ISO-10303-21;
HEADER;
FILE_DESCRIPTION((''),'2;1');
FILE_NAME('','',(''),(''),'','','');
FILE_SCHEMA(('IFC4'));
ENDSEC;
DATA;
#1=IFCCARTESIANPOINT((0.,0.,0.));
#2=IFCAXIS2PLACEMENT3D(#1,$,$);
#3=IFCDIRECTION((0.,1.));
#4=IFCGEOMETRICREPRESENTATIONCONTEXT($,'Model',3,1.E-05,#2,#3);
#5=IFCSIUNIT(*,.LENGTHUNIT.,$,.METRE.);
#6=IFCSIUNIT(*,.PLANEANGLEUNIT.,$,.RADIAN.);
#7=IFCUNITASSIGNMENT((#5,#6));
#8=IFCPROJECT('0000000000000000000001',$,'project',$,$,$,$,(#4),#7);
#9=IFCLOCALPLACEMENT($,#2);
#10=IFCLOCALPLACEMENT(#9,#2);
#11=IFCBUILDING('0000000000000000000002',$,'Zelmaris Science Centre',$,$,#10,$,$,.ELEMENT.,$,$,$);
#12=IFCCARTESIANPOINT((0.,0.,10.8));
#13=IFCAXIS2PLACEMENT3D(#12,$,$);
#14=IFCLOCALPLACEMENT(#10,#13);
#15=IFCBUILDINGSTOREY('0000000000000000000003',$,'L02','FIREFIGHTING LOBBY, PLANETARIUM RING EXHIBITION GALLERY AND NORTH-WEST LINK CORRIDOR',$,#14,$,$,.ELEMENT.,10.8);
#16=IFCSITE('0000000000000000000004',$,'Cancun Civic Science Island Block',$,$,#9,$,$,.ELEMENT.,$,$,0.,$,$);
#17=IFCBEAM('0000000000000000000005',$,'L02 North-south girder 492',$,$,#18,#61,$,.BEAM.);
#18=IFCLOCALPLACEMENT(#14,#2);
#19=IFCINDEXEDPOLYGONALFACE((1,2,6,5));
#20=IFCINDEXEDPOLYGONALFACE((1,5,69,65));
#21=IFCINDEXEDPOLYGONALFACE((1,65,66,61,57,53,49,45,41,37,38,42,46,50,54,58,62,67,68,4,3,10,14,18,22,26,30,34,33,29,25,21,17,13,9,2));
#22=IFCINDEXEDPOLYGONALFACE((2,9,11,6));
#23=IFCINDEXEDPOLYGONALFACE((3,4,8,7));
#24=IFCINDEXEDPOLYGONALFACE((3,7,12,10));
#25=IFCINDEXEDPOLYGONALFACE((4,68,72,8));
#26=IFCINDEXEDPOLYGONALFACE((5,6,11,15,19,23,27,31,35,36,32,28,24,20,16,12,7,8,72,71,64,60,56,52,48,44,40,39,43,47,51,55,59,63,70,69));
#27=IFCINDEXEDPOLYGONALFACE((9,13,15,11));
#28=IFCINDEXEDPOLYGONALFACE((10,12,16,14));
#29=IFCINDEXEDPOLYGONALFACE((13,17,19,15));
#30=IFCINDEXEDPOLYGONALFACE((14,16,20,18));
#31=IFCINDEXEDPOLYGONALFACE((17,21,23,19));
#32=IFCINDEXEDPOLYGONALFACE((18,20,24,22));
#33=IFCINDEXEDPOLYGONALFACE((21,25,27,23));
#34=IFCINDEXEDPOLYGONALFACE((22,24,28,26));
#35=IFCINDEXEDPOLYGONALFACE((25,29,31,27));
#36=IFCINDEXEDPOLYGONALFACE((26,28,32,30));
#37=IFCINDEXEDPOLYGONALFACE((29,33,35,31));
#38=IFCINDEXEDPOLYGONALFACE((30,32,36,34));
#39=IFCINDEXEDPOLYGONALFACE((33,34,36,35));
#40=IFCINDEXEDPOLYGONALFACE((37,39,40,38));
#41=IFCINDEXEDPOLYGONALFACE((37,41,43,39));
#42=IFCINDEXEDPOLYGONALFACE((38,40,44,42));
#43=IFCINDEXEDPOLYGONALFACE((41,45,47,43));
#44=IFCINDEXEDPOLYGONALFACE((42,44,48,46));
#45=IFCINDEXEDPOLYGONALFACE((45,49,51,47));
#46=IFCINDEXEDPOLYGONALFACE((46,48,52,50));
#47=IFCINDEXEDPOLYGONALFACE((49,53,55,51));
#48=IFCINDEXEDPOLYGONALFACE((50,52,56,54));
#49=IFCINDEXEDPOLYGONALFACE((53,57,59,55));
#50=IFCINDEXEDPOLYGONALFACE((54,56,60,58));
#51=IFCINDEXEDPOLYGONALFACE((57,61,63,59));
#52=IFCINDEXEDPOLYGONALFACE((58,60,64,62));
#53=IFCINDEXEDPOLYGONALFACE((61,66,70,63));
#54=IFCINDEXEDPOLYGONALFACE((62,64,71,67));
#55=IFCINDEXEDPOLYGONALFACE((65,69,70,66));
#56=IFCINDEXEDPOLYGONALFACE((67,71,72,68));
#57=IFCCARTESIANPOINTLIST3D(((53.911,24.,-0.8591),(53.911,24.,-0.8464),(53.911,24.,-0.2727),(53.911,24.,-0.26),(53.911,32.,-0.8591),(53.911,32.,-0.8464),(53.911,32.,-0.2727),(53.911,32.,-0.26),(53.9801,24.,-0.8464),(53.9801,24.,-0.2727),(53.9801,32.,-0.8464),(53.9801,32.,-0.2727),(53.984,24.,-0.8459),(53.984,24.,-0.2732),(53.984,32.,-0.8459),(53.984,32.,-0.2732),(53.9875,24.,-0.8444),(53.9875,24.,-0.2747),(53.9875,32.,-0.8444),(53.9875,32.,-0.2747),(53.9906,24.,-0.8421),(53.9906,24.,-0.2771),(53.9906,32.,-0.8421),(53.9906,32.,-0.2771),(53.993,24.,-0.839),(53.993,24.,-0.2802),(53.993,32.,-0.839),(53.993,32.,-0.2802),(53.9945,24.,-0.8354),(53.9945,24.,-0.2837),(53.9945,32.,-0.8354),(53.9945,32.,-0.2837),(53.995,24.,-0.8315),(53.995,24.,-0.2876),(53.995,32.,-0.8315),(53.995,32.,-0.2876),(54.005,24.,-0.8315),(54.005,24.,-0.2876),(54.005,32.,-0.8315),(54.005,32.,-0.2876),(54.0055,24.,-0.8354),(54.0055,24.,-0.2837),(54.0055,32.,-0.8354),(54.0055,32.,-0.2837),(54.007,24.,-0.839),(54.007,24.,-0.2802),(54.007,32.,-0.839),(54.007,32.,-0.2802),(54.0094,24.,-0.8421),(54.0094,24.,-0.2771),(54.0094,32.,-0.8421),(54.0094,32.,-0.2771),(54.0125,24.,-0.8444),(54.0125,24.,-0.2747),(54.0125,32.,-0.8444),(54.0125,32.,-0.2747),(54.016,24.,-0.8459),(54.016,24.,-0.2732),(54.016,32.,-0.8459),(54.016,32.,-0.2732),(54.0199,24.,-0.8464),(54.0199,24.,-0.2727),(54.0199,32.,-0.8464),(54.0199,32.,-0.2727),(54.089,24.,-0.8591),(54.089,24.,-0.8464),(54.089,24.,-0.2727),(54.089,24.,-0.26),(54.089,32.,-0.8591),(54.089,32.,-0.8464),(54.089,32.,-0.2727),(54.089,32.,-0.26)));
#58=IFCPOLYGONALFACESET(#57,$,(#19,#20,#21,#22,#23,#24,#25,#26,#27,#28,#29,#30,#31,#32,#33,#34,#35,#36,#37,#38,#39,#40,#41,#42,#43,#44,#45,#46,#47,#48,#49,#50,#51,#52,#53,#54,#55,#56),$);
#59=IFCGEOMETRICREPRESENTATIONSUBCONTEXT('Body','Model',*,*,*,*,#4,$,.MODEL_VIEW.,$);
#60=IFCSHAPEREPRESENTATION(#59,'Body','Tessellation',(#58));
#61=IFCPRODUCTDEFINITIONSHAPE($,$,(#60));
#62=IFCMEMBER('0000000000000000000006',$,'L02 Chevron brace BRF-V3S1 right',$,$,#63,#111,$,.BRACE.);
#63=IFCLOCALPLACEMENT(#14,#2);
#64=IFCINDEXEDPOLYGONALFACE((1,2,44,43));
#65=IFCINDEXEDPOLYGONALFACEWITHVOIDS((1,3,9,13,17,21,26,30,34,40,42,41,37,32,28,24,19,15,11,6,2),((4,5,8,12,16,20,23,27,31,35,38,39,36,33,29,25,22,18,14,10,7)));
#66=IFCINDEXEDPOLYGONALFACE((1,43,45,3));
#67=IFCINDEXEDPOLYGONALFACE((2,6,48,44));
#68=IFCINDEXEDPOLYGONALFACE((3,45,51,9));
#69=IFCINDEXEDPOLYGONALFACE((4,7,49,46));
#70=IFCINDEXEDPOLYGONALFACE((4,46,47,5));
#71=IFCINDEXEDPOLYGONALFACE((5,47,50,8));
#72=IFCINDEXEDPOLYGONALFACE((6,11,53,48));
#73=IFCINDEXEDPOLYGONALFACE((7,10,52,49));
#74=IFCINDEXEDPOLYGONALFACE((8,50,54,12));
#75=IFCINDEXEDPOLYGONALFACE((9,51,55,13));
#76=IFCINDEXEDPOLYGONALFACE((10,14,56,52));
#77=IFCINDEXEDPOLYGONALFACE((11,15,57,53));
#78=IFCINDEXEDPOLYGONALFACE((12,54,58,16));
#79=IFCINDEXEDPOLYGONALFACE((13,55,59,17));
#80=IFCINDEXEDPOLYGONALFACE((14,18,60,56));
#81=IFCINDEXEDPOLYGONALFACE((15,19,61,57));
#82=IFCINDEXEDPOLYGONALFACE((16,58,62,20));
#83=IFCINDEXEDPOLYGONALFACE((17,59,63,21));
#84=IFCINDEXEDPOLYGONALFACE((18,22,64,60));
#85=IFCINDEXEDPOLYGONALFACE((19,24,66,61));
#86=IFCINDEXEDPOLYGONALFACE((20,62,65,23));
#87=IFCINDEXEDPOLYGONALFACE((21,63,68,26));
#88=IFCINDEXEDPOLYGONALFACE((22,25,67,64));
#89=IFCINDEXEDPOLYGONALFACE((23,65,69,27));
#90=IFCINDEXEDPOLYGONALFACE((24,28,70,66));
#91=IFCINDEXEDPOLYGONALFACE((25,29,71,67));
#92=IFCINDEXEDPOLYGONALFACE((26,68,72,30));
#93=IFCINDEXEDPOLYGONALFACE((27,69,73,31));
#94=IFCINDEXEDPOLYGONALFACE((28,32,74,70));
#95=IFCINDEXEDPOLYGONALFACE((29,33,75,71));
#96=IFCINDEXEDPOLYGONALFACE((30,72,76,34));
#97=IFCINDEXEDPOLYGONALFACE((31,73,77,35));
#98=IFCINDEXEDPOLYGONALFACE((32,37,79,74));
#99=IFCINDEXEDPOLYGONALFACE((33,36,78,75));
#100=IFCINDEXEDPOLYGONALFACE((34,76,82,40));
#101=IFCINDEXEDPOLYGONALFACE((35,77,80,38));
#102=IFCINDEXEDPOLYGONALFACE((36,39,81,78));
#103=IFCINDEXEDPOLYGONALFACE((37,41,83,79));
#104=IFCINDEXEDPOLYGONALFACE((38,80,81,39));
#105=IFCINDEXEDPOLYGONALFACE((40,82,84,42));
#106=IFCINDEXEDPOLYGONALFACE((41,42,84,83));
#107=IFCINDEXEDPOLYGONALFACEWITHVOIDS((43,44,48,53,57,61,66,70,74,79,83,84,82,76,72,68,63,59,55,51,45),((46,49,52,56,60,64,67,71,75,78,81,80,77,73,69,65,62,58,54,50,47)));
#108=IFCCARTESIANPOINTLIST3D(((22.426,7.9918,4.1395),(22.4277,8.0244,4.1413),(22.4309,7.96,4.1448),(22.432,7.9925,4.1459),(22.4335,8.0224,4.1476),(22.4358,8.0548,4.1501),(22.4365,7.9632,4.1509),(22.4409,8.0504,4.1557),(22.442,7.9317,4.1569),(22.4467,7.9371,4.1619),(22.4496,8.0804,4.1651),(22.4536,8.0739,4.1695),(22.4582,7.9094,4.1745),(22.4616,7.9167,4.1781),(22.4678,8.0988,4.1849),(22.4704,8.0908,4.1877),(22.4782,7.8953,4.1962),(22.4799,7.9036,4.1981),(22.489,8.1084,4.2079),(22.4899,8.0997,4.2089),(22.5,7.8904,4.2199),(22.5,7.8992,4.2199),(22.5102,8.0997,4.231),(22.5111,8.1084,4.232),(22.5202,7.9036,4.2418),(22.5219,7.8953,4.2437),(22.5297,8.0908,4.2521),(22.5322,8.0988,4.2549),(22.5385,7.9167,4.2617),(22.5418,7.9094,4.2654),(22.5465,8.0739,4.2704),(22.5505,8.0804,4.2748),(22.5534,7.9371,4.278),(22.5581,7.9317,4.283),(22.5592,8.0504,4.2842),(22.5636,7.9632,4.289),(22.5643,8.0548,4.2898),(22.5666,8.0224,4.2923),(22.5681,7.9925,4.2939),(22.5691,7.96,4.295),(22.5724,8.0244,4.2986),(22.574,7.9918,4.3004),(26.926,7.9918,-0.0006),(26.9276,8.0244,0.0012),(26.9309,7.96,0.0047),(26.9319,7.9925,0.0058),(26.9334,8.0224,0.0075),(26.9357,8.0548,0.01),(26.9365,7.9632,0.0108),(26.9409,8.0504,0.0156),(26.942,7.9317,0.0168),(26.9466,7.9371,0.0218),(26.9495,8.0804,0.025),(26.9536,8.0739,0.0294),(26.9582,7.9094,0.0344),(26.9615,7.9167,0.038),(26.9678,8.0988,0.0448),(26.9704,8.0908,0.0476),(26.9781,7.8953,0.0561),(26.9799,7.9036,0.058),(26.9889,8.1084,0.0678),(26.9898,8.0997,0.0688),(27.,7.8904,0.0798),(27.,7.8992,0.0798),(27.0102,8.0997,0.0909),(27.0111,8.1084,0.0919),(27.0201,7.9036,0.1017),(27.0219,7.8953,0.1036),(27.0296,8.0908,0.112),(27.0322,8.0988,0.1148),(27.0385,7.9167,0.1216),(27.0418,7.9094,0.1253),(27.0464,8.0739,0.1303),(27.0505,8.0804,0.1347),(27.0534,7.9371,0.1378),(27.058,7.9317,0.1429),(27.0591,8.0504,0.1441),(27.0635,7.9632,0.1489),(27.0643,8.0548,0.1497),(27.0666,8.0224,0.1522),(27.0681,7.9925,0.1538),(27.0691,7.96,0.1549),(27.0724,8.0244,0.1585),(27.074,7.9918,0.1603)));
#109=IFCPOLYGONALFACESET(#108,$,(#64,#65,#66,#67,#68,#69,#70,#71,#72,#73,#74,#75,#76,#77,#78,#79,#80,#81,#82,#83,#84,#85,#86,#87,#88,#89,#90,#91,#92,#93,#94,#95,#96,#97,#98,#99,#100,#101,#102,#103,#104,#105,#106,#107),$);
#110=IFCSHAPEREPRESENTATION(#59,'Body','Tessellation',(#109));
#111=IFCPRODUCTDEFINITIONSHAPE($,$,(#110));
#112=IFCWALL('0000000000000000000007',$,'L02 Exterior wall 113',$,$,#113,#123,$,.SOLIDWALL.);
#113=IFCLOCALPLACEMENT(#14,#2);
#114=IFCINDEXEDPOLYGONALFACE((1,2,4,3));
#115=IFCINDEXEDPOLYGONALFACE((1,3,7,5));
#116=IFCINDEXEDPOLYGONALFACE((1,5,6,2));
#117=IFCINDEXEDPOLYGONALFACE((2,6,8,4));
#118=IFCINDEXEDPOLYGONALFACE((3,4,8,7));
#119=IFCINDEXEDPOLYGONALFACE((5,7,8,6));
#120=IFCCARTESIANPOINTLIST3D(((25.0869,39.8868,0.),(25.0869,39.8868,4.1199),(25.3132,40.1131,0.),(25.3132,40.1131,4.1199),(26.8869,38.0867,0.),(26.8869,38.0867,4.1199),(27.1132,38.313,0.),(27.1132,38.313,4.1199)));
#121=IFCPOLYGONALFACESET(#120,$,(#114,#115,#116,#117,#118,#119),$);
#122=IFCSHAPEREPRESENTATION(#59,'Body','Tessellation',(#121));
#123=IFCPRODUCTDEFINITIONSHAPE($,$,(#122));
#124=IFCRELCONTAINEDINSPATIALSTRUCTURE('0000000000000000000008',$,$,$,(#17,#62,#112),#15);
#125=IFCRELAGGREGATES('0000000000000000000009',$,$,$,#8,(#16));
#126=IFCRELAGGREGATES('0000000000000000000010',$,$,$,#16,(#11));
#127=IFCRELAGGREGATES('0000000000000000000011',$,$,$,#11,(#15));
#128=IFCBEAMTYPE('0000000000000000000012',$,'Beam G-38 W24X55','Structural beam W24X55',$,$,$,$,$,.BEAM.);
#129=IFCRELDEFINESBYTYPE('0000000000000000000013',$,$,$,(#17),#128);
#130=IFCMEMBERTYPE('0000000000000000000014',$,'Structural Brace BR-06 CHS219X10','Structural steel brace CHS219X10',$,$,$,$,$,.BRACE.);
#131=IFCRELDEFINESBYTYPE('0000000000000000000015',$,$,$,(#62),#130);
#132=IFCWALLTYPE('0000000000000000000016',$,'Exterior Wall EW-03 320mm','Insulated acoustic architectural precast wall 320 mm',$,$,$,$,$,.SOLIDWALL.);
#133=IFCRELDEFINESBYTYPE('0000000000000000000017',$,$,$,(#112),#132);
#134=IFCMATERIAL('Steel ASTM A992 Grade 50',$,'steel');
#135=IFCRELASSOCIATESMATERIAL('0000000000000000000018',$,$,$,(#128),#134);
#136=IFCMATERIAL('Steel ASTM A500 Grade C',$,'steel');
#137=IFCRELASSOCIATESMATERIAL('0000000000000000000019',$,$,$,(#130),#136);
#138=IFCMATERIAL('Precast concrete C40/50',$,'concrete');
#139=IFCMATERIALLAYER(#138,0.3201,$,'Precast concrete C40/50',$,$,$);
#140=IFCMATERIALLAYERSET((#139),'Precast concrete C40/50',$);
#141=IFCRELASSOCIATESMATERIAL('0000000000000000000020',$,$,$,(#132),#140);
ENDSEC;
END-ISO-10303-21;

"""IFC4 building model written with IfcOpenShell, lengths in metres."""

from ifc_helpers import new_model, si_unit, direction, frame, frame_2d, origin, origin_2d, place, context, subcontext, project, spatial, rectangle, hollow_circle, i_section, extrude, material, layer, layer_set, material_profile, profile_set, type_object, element, save


model = new_model("IFC4")

# Units and contexts
model_context = context("Model", 3, precision=1e-05, world=origin(), true_north=direction((0.0, 1.0)))
body_context = subcontext(model_context, "Body", "Model", "MODEL_VIEW")
ifc_project = project(units=[si_unit("LENGTHUNIT", "METRE"), si_unit("PLANEANGLEUNIT", "RADIAN")], contexts=[model_context])

# Site, building, storey
site_placement = place(None, origin())
site = spatial("IfcSite", under=ifc_project, at=site_placement, Name="Cancun Civic Science Island Block", CompositionType="ELEMENT", RefElevation=0.0)
building_placement = place(site_placement, origin())
building = spatial("IfcBuilding", under=site, at=building_placement, Name="Zelmaris Science Centre", CompositionType="ELEMENT")
storey_placement = place(building_placement, frame((0.0, 0.0, 10.8)))
storey = spatial("IfcBuildingStorey", under=building, at=storey_placement, Name="L02", Description="FIREFIGHTING LOBBY, PLANETARIUM RING EXHIBITION GALLERY AND NORTH-WEST LINK CORRIDOR", CompositionType="ELEMENT", Elevation=10.8)

# Shared definitions
ifc_material_1 = material(Name="Steel ASTM A992 Grade 50", Category="steel")

# Beam
ifc_material_profile_1 = material_profile(ifc_material_1, i_section(OverallWidth=0.178, OverallDepth=0.5991, WebThickness=0.01, FlangeThickness=0.0127, FilletRadius=0.0149, at=origin_2d()), Name="W24X55")
ifc_profile_set_1 = profile_set([ifc_material_profile_1], Name="Steel ASTM A992 Grade 50")
beam_type_1 = type_object("IfcBeamType", Name="Beam G-38 W24X55", Description="Structural beam W24X55", PredefinedType="BEAM", material=ifc_profile_set_1)
beam_1_placement = place(storey_placement, frame((54.0, 24.0, -0.5596), z_axis=(0.0, 1.0, 0.0), x_axis=(-1.0, 0.0, 0.0)))
element("IfcBeam", 1, at=beam_1_placement, inside=storey, type_object=beam_type_1, Name="L02 North-south girder 492", PredefinedType="BEAM", context=body_context, shape_type="SweptSolid", body=[
    extrude(i_section(OverallWidth=0.178, OverallDepth=0.5991, WebThickness=0.01, FlangeThickness=0.0127, FilletRadius=0.0149, at=origin_2d()), origin(), (0.0, 0.0, 1.0), 8.0),
])

# Member
ifc_material_2 = material(Name="Steel ASTM A500 Grade C", Category="steel")
ifc_material_profile_2 = material_profile(ifc_material_2, hollow_circle(Radius=0.1096, WallThickness=0.0088, at=origin_2d()), Name="CHS219X10")
ifc_profile_set_2 = profile_set([ifc_material_profile_2], Name="Steel ASTM A500 Grade C")
member_type = type_object("IfcMemberType", Name="Structural Brace BR-06 CHS219X10", Description="Structural steel brace CHS219X10", PredefinedType="BRACE", material=ifc_profile_set_2)
member_placement = place(storey_placement, frame((27.0, 8.0, 0.0798), z_axis=(-0.73592, 0.0, 0.677069), x_axis=(0.0, -1.0, 0.0)))
element("IfcMember", 2, at=member_placement, inside=storey, type_object=member_type, Name="L02 Chevron brace BRF-V3S1 right", PredefinedType="BRACE", context=body_context, shape_type="SweptSolid", body=[
    extrude(hollow_circle(Radius=0.1096, WallThickness=0.0088, at=origin_2d()), origin(), (0.0, 0.0, 1.0), 6.1147),
])

# Wall
ifc_material_3 = material(Name="Precast concrete C40/50", Category="concrete")
ifc_layer = layer(ifc_material_3, 0.3201, Name="Precast concrete C40/50")
ifc_layer_set = layer_set([ifc_layer], Name="Precast concrete C40/50")
wall_type = type_object("IfcWallType", Name="Exterior Wall EW-03 320mm", Description="Insulated acoustic architectural precast wall 320 mm", PredefinedType="SOLIDWALL", material=ifc_layer_set)
wall_1_placement = place(storey_placement, frame((25.2, 40.0, 0.0), z_axis=(0.0, 0.0, 1.0), x_axis=(0.707107, -0.707107, 0.0)))
element("IfcWall", 3, at=wall_1_placement, inside=storey, type_object=wall_type, Name="L02 Exterior wall 113", PredefinedType="SOLIDWALL", context=body_context, shape_type="SweptSolid", body=[
    extrude(rectangle(XDim=2.5457, YDim=0.3201, at=frame_2d((1.2729, 0.0))), origin(), (0.0, 0.0, 1.0), 4.1199),
])

save(model, "model.ifc")
